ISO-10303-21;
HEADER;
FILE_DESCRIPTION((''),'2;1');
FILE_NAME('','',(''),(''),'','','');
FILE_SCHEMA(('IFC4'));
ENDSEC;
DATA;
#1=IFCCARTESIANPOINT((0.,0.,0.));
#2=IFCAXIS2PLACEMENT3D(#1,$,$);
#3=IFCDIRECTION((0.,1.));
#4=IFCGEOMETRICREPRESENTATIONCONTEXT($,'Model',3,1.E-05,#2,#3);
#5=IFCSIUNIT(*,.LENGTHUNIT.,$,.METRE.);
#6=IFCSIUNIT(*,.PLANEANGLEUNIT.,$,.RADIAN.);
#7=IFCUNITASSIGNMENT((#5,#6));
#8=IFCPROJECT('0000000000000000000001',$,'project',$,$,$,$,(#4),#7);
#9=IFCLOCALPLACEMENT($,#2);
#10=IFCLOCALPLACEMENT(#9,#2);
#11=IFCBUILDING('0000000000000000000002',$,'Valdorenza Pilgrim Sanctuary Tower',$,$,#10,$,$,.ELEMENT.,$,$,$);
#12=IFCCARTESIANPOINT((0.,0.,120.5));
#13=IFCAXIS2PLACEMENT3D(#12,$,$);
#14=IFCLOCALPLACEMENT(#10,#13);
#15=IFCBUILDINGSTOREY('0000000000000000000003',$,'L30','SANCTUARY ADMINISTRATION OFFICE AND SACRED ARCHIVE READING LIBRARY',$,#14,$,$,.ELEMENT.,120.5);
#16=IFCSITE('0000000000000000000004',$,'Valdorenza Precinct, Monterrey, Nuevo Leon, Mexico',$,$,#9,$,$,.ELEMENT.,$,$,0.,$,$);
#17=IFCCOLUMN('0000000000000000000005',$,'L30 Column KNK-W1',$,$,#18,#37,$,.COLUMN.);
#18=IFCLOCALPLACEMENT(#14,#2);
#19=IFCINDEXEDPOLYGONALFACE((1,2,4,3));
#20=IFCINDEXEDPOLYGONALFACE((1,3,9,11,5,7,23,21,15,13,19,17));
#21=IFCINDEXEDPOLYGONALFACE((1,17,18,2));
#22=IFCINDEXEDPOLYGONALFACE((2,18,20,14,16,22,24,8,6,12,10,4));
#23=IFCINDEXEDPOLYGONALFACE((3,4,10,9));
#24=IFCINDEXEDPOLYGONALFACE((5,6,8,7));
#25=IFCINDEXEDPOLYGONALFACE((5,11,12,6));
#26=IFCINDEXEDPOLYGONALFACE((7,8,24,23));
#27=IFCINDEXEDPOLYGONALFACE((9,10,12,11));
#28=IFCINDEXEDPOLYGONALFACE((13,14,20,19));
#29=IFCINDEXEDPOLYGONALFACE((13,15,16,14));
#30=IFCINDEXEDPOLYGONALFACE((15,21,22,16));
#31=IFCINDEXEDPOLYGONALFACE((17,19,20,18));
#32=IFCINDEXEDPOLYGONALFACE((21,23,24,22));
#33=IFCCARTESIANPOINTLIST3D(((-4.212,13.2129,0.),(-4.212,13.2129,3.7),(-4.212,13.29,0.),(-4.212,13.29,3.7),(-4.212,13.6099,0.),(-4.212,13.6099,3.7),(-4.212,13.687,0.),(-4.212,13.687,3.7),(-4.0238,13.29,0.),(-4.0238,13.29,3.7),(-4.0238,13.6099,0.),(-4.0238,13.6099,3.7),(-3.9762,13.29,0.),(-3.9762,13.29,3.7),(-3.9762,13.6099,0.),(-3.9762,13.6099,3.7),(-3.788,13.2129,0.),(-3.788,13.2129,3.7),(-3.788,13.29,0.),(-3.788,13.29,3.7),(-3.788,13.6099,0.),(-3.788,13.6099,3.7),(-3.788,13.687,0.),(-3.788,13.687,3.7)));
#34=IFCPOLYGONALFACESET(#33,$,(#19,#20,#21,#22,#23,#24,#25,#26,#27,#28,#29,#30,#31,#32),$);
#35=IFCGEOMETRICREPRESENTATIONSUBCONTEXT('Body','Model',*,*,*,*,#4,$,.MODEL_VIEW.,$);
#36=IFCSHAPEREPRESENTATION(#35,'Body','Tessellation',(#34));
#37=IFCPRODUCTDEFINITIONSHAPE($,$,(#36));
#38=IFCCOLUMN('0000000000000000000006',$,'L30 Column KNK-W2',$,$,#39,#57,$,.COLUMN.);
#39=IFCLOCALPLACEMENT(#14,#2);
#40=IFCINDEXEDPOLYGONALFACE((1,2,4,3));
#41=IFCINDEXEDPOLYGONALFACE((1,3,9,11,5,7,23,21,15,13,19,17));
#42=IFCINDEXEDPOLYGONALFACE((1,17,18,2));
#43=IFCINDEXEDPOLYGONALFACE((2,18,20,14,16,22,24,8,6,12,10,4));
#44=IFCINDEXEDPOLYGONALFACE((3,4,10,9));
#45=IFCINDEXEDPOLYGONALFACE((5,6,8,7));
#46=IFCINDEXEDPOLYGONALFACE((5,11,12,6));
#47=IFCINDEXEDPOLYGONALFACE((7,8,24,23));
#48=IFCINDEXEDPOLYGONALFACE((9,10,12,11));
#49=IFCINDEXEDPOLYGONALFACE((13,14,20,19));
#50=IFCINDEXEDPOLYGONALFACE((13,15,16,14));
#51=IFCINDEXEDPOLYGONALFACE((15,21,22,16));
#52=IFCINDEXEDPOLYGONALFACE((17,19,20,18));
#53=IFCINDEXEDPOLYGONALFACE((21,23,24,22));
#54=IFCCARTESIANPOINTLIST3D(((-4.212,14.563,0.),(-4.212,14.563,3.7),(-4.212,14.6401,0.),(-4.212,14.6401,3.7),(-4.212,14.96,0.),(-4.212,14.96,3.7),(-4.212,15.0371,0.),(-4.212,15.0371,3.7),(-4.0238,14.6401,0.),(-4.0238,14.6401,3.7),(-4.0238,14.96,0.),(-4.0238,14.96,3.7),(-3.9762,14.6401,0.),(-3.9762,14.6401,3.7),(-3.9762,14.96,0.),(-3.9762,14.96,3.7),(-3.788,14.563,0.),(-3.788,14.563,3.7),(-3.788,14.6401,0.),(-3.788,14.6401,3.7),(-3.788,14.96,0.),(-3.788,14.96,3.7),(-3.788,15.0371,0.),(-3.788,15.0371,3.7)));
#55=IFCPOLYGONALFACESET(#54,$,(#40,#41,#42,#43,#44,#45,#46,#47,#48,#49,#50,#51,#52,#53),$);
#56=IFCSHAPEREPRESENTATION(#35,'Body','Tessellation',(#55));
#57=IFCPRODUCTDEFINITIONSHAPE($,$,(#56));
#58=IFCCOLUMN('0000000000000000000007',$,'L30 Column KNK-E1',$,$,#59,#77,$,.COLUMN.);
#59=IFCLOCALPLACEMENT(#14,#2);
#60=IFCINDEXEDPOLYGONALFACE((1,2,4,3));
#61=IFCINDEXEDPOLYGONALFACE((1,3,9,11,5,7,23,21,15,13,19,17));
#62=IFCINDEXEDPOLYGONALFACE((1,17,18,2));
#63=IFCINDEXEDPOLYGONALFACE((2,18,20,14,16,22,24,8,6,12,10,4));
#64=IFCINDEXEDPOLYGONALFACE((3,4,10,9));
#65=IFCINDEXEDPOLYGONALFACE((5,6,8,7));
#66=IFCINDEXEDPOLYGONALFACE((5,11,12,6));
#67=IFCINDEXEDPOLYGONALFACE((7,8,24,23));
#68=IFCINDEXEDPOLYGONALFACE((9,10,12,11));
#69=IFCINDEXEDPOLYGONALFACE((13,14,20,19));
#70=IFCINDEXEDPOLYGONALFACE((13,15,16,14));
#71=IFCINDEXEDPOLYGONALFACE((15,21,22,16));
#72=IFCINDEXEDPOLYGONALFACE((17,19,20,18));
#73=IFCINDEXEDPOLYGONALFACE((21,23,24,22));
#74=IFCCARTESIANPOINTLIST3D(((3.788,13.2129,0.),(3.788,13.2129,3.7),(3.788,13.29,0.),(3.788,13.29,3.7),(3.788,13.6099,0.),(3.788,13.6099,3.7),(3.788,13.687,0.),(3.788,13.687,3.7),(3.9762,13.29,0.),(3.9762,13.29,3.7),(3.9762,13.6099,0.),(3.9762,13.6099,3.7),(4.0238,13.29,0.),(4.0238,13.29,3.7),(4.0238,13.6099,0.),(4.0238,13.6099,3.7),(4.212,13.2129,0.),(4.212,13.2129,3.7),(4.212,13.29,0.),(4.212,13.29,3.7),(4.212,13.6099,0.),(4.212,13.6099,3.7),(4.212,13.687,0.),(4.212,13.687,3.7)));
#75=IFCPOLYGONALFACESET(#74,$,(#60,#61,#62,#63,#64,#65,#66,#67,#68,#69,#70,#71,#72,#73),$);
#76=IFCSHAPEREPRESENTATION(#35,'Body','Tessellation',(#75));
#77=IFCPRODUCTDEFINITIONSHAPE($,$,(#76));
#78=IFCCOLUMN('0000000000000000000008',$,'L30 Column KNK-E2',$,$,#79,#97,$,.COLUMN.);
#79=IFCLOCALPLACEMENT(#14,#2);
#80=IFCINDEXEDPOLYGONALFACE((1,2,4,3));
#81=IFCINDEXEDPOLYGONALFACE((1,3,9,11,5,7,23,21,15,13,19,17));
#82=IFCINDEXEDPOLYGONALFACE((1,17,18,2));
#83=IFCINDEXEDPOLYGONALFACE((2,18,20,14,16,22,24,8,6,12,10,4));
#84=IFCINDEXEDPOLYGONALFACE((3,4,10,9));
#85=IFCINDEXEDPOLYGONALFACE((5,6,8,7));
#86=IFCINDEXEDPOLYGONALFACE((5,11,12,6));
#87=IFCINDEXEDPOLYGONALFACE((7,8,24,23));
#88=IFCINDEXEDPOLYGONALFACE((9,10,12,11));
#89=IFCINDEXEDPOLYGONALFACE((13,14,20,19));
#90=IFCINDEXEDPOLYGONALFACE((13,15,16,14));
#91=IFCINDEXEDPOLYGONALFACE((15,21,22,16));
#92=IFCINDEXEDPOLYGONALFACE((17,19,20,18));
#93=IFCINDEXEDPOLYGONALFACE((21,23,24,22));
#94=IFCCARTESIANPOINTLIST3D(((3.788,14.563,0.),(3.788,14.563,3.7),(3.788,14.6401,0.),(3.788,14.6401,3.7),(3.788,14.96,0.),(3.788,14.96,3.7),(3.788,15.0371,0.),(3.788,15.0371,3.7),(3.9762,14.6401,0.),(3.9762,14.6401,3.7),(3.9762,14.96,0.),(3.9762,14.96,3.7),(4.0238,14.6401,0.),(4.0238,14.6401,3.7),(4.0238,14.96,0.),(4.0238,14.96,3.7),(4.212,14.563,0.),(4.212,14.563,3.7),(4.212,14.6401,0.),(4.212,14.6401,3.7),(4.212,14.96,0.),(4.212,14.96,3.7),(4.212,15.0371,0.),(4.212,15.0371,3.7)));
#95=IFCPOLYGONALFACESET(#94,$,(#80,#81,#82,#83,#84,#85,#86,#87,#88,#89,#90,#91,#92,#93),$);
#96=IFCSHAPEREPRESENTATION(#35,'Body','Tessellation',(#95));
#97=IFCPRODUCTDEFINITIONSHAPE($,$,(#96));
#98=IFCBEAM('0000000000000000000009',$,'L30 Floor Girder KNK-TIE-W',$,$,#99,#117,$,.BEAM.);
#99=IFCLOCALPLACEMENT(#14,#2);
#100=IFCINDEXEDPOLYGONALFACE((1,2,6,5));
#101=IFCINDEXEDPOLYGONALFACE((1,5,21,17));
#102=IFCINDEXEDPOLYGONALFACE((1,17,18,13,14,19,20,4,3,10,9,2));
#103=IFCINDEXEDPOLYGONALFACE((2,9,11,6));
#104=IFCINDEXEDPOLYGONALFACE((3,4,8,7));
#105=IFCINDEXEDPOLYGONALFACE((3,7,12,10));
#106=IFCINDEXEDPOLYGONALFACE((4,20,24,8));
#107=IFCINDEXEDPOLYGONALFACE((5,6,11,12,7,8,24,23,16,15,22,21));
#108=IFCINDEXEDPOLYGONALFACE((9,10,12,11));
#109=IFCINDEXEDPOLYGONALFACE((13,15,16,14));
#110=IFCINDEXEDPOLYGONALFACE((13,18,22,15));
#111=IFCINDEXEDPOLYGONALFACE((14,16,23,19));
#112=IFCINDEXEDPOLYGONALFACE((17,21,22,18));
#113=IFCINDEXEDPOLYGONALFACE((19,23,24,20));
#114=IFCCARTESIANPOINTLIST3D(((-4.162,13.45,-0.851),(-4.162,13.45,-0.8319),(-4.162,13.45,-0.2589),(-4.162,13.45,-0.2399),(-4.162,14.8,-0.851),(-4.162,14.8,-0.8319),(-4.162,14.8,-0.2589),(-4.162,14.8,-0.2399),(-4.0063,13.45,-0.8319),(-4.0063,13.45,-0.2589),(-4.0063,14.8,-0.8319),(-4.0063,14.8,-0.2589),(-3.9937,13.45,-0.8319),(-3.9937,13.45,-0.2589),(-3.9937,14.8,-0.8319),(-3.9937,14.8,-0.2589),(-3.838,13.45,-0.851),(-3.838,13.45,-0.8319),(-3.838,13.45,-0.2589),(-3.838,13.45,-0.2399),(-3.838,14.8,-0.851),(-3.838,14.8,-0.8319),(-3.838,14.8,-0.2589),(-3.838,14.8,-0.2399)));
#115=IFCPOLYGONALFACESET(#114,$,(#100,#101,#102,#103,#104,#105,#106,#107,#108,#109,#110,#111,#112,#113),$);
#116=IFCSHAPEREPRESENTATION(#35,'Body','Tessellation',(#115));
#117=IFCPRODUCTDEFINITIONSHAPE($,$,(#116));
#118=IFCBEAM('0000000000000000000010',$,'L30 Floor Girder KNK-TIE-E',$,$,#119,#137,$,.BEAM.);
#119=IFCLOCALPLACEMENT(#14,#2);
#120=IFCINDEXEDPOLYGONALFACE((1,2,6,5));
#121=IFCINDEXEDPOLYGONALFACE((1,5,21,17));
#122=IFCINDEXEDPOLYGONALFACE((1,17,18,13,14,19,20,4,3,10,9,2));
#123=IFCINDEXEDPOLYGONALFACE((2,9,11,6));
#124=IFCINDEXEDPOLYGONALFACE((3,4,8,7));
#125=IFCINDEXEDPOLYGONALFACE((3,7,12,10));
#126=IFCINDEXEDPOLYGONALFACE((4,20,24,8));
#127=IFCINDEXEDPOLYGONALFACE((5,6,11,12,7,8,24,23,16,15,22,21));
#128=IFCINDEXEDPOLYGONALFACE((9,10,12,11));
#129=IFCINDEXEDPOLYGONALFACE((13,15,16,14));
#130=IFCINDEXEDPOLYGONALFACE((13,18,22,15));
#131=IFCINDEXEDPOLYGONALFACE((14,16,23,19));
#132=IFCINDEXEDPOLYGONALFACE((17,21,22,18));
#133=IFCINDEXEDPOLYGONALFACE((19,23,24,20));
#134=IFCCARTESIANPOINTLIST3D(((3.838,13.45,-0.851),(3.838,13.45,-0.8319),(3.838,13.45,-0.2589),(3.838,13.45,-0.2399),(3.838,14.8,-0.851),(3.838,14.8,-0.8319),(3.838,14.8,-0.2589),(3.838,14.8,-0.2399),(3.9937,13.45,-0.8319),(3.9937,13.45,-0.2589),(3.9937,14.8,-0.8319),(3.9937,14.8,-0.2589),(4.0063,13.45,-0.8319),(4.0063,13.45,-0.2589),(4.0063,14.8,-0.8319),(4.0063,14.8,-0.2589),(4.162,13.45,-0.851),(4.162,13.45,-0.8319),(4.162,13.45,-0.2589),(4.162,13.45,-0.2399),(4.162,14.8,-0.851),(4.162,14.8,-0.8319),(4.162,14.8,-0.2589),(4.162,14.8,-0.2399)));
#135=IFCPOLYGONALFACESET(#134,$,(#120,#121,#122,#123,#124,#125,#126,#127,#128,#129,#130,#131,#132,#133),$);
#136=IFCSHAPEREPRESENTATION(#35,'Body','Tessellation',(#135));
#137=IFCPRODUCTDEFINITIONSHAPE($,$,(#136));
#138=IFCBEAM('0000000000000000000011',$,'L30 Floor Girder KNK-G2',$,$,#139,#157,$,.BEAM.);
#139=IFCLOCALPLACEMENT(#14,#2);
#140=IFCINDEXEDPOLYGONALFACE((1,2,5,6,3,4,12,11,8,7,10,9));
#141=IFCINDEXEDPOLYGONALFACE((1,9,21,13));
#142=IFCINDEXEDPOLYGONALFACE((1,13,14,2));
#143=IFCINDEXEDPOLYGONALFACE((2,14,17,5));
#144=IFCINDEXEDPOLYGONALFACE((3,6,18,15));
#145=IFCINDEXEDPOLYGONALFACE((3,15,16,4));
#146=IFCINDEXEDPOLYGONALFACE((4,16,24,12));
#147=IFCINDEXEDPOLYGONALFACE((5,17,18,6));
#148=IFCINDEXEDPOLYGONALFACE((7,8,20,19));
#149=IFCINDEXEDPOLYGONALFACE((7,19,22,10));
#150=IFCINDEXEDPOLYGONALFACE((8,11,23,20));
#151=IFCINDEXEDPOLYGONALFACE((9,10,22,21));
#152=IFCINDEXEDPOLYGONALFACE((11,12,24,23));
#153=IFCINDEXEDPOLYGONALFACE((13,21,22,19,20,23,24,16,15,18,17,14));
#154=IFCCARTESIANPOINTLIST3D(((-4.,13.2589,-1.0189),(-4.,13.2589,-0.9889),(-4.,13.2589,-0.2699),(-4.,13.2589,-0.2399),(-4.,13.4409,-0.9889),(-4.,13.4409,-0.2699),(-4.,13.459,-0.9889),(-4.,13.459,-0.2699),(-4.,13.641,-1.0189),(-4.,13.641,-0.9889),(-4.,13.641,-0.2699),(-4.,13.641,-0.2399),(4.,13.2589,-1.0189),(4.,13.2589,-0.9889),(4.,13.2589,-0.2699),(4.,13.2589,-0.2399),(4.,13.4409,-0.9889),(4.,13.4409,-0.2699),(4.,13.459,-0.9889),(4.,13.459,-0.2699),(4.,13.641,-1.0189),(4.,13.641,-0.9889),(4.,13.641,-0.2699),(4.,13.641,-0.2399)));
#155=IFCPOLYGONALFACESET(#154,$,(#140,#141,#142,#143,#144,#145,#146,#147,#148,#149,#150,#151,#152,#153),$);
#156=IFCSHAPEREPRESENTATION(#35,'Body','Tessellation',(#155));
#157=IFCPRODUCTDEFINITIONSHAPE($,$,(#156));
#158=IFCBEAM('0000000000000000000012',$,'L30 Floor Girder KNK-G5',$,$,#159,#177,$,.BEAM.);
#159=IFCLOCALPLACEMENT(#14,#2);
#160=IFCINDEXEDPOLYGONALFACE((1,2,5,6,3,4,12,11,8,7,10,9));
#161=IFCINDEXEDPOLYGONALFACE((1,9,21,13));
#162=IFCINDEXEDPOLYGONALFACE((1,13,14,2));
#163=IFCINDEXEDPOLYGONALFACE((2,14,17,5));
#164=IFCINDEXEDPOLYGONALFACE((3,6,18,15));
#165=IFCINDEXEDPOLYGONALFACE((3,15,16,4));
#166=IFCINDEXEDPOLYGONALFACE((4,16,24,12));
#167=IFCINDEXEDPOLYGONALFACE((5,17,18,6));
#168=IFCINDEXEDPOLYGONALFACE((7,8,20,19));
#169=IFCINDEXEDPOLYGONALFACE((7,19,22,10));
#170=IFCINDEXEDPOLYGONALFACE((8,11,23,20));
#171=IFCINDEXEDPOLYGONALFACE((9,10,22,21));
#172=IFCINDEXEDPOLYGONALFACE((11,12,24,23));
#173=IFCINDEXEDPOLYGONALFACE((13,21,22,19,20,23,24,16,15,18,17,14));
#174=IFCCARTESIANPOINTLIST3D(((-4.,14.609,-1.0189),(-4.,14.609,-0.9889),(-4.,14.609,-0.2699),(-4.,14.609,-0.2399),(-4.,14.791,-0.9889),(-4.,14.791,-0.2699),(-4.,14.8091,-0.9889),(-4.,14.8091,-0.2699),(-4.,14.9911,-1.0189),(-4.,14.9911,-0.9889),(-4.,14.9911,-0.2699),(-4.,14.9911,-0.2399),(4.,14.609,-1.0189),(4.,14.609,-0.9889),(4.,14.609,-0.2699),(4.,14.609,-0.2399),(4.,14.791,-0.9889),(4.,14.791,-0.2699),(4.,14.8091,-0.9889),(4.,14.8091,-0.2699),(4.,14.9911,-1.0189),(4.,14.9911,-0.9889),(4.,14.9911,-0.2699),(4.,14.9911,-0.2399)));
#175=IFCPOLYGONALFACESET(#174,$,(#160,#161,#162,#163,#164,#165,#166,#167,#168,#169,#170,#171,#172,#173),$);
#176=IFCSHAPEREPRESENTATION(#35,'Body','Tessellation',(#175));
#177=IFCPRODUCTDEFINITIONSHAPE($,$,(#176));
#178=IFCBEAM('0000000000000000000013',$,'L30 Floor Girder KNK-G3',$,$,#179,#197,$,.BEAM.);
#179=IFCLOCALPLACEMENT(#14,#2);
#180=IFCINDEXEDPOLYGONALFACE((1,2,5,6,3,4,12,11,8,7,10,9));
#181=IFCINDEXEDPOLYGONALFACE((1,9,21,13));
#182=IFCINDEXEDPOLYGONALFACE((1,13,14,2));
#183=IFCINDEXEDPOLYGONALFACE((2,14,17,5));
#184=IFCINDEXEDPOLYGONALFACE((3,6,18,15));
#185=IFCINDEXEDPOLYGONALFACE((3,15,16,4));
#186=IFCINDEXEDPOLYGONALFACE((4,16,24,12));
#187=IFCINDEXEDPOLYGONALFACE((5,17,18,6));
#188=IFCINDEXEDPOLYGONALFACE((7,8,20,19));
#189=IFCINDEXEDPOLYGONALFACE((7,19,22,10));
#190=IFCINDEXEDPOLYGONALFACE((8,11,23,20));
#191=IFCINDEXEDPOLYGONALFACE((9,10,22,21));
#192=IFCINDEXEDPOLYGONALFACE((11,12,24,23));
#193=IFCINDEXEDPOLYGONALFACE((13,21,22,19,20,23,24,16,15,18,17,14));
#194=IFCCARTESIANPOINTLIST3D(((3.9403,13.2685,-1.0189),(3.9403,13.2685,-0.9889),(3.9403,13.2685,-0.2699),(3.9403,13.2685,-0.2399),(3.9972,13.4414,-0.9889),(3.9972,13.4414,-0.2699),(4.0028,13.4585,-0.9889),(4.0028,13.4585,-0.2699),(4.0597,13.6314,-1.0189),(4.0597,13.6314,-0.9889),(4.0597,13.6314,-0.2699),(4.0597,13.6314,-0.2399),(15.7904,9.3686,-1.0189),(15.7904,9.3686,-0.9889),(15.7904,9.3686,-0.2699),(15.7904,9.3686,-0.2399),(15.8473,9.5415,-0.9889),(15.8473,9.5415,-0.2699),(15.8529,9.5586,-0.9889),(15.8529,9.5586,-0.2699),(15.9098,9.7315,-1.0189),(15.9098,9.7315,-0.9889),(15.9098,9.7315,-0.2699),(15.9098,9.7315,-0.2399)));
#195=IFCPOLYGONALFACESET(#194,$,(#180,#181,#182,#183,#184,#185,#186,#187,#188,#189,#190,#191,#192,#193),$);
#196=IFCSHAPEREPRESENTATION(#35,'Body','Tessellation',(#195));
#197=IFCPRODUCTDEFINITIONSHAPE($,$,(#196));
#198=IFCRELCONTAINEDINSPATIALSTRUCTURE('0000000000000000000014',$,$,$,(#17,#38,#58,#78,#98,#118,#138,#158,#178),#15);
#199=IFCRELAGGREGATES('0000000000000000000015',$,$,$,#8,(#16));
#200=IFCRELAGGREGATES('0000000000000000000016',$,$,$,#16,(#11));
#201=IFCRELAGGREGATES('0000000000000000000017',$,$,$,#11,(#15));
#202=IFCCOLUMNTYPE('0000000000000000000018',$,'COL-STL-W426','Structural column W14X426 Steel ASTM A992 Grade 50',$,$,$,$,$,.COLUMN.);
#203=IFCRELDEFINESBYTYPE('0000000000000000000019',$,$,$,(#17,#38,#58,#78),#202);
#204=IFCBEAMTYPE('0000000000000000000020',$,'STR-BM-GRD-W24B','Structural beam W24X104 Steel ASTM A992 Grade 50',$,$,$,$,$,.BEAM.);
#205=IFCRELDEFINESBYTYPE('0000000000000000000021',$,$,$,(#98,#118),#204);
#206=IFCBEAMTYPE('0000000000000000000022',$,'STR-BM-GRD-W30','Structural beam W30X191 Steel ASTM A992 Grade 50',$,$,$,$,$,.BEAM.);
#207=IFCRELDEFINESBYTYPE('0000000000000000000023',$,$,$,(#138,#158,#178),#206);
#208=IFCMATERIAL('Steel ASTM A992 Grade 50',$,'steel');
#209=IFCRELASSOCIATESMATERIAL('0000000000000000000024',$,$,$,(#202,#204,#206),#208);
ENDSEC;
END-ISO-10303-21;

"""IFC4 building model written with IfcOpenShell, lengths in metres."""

from ifc_helpers import new_model, si_unit, direction, frame, origin, origin_2d, place, context, subcontext, project, spatial, i_section, extrude, source, transform, mapped, material, material_profile, profile_set, type_object, element, save


model = new_model("IFC4")

# Units and contexts
model_context = context("Model", 3, precision=1e-05, world=origin(), true_north=direction((0.0, 1.0)))
body_context = subcontext(model_context, "Body", "Model", "MODEL_VIEW")
ifc_project = project(units=[si_unit("LENGTHUNIT", "METRE"), si_unit("PLANEANGLEUNIT", "RADIAN")], contexts=[model_context])

# Site, building, storey
site_placement = place(None, origin())
site = spatial("IfcSite", under=ifc_project, at=site_placement, Name="Valdorenza Precinct, Monterrey, Nuevo Leon, Mexico", CompositionType="ELEMENT", RefElevation=0.0)
building_placement = place(site_placement, origin())
building = spatial("IfcBuilding", under=site, at=building_placement, Name="Valdorenza Pilgrim Sanctuary Tower", CompositionType="ELEMENT")
storey_placement = place(building_placement, frame((0.0, 0.0, 120.5)))
storey = spatial("IfcBuildingStorey", under=building, at=storey_placement, Name="L30", Description="SANCTUARY ADMINISTRATION OFFICE AND SACRED ARCHIVE READING LIBRARY", CompositionType="ELEMENT", Elevation=120.5)

# Columns
ifc_material_1 = material(Name="Steel ASTM A992 Grade 50", Category="steel")
ifc_material_profile_1 = material_profile(ifc_material_1, i_section(OverallWidth=0.4241, OverallDepth=0.4741, WebThickness=0.0476, FlangeThickness=0.0771, at=origin_2d()), Name="W14X426")
ifc_profile_set_1 = profile_set([ifc_material_profile_1], Name="Steel ASTM A992 Grade 50")
column_type = type_object("IfcColumnType", Name="COL-STL-W426", Description="Structural column W14X426 Steel ASTM A992 Grade 50", PredefinedType="COLUMN", material=ifc_profile_set_1)
shared_shape_1 = source(origin(), body_context, "Body", "SweptSolid", [
    extrude(i_section(OverallWidth=0.4241, OverallDepth=0.4741, WebThickness=0.0476, FlangeThickness=0.0771, at=origin_2d()), origin(), (0.0, 0.0, 1.0), 3.7),
])
for number, where, z_axis, x_axis, name in (
    (1, (-4.0, 13.45, 0.0), (0.0, 0.0, 1.0), (1.0, 0.0, 0.0), "L30 Column KNK-W1"),
    (2, (-4.0, 14.8, 0.0), (0.0, 0.0, 1.0), (1.0, 0.0, 0.0), "L30 Column KNK-W2"),
    (3, (4.0, 13.45, 0.0), (0.0, 0.0, 1.0), (1.0, 0.0, 0.0), "L30 Column KNK-E1"),
    (4, (4.0, 14.8, 0.0), (0.0, 0.0, 1.0), (1.0, 0.0, 0.0), "L30 Column KNK-E2"),
):
    element("IfcColumn", number, at=place(storey_placement, frame(where, z_axis=z_axis, x_axis=x_axis)), inside=storey, type_object=column_type, Name=name, PredefinedType="COLUMN", context=body_context, shape_type="MappedRepresentation", body=[
        mapped(shared_shape_1, transform((0.0, 0.0, 0.0), x_axis=(1.0, 0.0, 0.0), y_axis=(0.0, 1.0, 0.0), z_axis=(0.0, 0.0, 1.0), scale=1.0)),
    ])

# Beams
ifc_material_profile_2 = material_profile(ifc_material_1, i_section(OverallWidth=0.324, OverallDepth=0.6111, WebThickness=0.0127, FlangeThickness=0.019, at=origin_2d()), Name="W24X104")
ifc_profile_set_2 = profile_set([ifc_material_profile_2], Name="Steel ASTM A992 Grade 50")
beam_type_1 = type_object("IfcBeamType", Name="STR-BM-GRD-W24B", Description="Structural beam W24X104 Steel ASTM A992 Grade 50", PredefinedType="BEAM", material=ifc_profile_set_2)
shared_shape_2 = source(origin(), body_context, "Body", "SweptSolid", [
    extrude(i_section(OverallWidth=0.324, OverallDepth=0.6111, WebThickness=0.0127, FlangeThickness=0.019, at=origin_2d()), origin(), (0.0, 0.0, 1.0), 1.3501),
])
for number, where, z_axis, x_axis, name in (
    (5, (-4.0, 13.45, -0.5454), (0.0, 1.0, 0.0), (-1.0, 0.0, 0.0), "L30 Floor Girder KNK-TIE-W"),
    (6, (4.0, 13.45, -0.5454), (0.0, 1.0, 0.0), (-1.0, 0.0, 0.0), "L30 Floor Girder KNK-TIE-E"),
):
    element("IfcBeam", number, at=place(storey_placement, frame(where, z_axis=z_axis, x_axis=x_axis)), inside=storey, type_object=beam_type_1, Name=name, PredefinedType="BEAM", context=body_context, shape_type="MappedRepresentation", body=[
        mapped(shared_shape_2, transform((0.0, 0.0, 0.0), x_axis=(1.0, 0.0, 0.0), y_axis=(0.0, 1.0, 0.0), z_axis=(0.0, 0.0, 1.0), scale=1.0)),
    ])
ifc_material_profile_3 = material_profile(ifc_material_1, i_section(OverallWidth=0.3821, OverallDepth=0.7791, WebThickness=0.0181, FlangeThickness=0.03, at=origin_2d()), Name="W30X191")
ifc_profile_set_3 = profile_set([ifc_material_profile_3], Name="Steel ASTM A992 Grade 50")
beam_type_2 = type_object("IfcBeamType", Name="STR-BM-GRD-W30", Description="Structural beam W30X191 Steel ASTM A992 Grade 50", PredefinedType="BEAM", material=ifc_profile_set_3)
shared_shape_3 = source(origin(), body_context, "Body", "SweptSolid", [
    extrude(i_section(OverallWidth=0.3821, OverallDepth=0.7791, WebThickness=0.0181, FlangeThickness=0.03, at=origin_2d()), origin(), (0.0, 0.0, 1.0), 8.0),
])
for number, where, z_axis, x_axis, name in (
    (7, (-4.0, 13.45, -0.6294), (1.0, 0.0, 0.0), (0.0, 1.0, 0.0), "L30 Floor Girder KNK-G2"),
    (8, (-4.0, 14.8, -0.6294), (1.0, 0.0, 0.0), (0.0, 1.0, 0.0), "L30 Floor Girder KNK-G5"),
):
    element("IfcBeam", number, at=place(storey_placement, frame(where, z_axis=z_axis, x_axis=x_axis)), inside=storey, type_object=beam_type_2, Name=name, PredefinedType="BEAM", context=body_context, shape_type="MappedRepresentation", body=[
        mapped(shared_shape_3, transform((0.0, 0.0, 0.0), x_axis=(1.0, 0.0, 0.0), y_axis=(0.0, 1.0, 0.0), z_axis=(0.0, 0.0, 1.0), scale=1.0)),
    ])
shared_shape_4 = source(origin(), body_context, "Body", "SweptSolid", [
    extrude(i_section(OverallWidth=0.3821, OverallDepth=0.7791, WebThickness=0.0181, FlangeThickness=0.03, at=origin_2d()), origin(), (0.0, 0.0, 1.0), 12.4753),
])
beam_1_placement = place(storey_placement, frame((4.0, 13.45, -0.6294), z_axis=(0.949882, -0.312609, 0.0), x_axis=(0.312609, 0.949882, 0.0)))
element("IfcBeam", 9, at=beam_1_placement, inside=storey, type_object=beam_type_2, Name="L30 Floor Girder KNK-G3", PredefinedType="BEAM", context=body_context, shape_type="MappedRepresentation", body=[
    mapped(shared_shape_4, transform((0.0, 0.0, 0.0), x_axis=(1.0, 0.0, 0.0), y_axis=(0.0, 1.0, 0.0), z_axis=(0.0, 0.0, 1.0), scale=1.0)),
])

save(model, "model.ifc")
